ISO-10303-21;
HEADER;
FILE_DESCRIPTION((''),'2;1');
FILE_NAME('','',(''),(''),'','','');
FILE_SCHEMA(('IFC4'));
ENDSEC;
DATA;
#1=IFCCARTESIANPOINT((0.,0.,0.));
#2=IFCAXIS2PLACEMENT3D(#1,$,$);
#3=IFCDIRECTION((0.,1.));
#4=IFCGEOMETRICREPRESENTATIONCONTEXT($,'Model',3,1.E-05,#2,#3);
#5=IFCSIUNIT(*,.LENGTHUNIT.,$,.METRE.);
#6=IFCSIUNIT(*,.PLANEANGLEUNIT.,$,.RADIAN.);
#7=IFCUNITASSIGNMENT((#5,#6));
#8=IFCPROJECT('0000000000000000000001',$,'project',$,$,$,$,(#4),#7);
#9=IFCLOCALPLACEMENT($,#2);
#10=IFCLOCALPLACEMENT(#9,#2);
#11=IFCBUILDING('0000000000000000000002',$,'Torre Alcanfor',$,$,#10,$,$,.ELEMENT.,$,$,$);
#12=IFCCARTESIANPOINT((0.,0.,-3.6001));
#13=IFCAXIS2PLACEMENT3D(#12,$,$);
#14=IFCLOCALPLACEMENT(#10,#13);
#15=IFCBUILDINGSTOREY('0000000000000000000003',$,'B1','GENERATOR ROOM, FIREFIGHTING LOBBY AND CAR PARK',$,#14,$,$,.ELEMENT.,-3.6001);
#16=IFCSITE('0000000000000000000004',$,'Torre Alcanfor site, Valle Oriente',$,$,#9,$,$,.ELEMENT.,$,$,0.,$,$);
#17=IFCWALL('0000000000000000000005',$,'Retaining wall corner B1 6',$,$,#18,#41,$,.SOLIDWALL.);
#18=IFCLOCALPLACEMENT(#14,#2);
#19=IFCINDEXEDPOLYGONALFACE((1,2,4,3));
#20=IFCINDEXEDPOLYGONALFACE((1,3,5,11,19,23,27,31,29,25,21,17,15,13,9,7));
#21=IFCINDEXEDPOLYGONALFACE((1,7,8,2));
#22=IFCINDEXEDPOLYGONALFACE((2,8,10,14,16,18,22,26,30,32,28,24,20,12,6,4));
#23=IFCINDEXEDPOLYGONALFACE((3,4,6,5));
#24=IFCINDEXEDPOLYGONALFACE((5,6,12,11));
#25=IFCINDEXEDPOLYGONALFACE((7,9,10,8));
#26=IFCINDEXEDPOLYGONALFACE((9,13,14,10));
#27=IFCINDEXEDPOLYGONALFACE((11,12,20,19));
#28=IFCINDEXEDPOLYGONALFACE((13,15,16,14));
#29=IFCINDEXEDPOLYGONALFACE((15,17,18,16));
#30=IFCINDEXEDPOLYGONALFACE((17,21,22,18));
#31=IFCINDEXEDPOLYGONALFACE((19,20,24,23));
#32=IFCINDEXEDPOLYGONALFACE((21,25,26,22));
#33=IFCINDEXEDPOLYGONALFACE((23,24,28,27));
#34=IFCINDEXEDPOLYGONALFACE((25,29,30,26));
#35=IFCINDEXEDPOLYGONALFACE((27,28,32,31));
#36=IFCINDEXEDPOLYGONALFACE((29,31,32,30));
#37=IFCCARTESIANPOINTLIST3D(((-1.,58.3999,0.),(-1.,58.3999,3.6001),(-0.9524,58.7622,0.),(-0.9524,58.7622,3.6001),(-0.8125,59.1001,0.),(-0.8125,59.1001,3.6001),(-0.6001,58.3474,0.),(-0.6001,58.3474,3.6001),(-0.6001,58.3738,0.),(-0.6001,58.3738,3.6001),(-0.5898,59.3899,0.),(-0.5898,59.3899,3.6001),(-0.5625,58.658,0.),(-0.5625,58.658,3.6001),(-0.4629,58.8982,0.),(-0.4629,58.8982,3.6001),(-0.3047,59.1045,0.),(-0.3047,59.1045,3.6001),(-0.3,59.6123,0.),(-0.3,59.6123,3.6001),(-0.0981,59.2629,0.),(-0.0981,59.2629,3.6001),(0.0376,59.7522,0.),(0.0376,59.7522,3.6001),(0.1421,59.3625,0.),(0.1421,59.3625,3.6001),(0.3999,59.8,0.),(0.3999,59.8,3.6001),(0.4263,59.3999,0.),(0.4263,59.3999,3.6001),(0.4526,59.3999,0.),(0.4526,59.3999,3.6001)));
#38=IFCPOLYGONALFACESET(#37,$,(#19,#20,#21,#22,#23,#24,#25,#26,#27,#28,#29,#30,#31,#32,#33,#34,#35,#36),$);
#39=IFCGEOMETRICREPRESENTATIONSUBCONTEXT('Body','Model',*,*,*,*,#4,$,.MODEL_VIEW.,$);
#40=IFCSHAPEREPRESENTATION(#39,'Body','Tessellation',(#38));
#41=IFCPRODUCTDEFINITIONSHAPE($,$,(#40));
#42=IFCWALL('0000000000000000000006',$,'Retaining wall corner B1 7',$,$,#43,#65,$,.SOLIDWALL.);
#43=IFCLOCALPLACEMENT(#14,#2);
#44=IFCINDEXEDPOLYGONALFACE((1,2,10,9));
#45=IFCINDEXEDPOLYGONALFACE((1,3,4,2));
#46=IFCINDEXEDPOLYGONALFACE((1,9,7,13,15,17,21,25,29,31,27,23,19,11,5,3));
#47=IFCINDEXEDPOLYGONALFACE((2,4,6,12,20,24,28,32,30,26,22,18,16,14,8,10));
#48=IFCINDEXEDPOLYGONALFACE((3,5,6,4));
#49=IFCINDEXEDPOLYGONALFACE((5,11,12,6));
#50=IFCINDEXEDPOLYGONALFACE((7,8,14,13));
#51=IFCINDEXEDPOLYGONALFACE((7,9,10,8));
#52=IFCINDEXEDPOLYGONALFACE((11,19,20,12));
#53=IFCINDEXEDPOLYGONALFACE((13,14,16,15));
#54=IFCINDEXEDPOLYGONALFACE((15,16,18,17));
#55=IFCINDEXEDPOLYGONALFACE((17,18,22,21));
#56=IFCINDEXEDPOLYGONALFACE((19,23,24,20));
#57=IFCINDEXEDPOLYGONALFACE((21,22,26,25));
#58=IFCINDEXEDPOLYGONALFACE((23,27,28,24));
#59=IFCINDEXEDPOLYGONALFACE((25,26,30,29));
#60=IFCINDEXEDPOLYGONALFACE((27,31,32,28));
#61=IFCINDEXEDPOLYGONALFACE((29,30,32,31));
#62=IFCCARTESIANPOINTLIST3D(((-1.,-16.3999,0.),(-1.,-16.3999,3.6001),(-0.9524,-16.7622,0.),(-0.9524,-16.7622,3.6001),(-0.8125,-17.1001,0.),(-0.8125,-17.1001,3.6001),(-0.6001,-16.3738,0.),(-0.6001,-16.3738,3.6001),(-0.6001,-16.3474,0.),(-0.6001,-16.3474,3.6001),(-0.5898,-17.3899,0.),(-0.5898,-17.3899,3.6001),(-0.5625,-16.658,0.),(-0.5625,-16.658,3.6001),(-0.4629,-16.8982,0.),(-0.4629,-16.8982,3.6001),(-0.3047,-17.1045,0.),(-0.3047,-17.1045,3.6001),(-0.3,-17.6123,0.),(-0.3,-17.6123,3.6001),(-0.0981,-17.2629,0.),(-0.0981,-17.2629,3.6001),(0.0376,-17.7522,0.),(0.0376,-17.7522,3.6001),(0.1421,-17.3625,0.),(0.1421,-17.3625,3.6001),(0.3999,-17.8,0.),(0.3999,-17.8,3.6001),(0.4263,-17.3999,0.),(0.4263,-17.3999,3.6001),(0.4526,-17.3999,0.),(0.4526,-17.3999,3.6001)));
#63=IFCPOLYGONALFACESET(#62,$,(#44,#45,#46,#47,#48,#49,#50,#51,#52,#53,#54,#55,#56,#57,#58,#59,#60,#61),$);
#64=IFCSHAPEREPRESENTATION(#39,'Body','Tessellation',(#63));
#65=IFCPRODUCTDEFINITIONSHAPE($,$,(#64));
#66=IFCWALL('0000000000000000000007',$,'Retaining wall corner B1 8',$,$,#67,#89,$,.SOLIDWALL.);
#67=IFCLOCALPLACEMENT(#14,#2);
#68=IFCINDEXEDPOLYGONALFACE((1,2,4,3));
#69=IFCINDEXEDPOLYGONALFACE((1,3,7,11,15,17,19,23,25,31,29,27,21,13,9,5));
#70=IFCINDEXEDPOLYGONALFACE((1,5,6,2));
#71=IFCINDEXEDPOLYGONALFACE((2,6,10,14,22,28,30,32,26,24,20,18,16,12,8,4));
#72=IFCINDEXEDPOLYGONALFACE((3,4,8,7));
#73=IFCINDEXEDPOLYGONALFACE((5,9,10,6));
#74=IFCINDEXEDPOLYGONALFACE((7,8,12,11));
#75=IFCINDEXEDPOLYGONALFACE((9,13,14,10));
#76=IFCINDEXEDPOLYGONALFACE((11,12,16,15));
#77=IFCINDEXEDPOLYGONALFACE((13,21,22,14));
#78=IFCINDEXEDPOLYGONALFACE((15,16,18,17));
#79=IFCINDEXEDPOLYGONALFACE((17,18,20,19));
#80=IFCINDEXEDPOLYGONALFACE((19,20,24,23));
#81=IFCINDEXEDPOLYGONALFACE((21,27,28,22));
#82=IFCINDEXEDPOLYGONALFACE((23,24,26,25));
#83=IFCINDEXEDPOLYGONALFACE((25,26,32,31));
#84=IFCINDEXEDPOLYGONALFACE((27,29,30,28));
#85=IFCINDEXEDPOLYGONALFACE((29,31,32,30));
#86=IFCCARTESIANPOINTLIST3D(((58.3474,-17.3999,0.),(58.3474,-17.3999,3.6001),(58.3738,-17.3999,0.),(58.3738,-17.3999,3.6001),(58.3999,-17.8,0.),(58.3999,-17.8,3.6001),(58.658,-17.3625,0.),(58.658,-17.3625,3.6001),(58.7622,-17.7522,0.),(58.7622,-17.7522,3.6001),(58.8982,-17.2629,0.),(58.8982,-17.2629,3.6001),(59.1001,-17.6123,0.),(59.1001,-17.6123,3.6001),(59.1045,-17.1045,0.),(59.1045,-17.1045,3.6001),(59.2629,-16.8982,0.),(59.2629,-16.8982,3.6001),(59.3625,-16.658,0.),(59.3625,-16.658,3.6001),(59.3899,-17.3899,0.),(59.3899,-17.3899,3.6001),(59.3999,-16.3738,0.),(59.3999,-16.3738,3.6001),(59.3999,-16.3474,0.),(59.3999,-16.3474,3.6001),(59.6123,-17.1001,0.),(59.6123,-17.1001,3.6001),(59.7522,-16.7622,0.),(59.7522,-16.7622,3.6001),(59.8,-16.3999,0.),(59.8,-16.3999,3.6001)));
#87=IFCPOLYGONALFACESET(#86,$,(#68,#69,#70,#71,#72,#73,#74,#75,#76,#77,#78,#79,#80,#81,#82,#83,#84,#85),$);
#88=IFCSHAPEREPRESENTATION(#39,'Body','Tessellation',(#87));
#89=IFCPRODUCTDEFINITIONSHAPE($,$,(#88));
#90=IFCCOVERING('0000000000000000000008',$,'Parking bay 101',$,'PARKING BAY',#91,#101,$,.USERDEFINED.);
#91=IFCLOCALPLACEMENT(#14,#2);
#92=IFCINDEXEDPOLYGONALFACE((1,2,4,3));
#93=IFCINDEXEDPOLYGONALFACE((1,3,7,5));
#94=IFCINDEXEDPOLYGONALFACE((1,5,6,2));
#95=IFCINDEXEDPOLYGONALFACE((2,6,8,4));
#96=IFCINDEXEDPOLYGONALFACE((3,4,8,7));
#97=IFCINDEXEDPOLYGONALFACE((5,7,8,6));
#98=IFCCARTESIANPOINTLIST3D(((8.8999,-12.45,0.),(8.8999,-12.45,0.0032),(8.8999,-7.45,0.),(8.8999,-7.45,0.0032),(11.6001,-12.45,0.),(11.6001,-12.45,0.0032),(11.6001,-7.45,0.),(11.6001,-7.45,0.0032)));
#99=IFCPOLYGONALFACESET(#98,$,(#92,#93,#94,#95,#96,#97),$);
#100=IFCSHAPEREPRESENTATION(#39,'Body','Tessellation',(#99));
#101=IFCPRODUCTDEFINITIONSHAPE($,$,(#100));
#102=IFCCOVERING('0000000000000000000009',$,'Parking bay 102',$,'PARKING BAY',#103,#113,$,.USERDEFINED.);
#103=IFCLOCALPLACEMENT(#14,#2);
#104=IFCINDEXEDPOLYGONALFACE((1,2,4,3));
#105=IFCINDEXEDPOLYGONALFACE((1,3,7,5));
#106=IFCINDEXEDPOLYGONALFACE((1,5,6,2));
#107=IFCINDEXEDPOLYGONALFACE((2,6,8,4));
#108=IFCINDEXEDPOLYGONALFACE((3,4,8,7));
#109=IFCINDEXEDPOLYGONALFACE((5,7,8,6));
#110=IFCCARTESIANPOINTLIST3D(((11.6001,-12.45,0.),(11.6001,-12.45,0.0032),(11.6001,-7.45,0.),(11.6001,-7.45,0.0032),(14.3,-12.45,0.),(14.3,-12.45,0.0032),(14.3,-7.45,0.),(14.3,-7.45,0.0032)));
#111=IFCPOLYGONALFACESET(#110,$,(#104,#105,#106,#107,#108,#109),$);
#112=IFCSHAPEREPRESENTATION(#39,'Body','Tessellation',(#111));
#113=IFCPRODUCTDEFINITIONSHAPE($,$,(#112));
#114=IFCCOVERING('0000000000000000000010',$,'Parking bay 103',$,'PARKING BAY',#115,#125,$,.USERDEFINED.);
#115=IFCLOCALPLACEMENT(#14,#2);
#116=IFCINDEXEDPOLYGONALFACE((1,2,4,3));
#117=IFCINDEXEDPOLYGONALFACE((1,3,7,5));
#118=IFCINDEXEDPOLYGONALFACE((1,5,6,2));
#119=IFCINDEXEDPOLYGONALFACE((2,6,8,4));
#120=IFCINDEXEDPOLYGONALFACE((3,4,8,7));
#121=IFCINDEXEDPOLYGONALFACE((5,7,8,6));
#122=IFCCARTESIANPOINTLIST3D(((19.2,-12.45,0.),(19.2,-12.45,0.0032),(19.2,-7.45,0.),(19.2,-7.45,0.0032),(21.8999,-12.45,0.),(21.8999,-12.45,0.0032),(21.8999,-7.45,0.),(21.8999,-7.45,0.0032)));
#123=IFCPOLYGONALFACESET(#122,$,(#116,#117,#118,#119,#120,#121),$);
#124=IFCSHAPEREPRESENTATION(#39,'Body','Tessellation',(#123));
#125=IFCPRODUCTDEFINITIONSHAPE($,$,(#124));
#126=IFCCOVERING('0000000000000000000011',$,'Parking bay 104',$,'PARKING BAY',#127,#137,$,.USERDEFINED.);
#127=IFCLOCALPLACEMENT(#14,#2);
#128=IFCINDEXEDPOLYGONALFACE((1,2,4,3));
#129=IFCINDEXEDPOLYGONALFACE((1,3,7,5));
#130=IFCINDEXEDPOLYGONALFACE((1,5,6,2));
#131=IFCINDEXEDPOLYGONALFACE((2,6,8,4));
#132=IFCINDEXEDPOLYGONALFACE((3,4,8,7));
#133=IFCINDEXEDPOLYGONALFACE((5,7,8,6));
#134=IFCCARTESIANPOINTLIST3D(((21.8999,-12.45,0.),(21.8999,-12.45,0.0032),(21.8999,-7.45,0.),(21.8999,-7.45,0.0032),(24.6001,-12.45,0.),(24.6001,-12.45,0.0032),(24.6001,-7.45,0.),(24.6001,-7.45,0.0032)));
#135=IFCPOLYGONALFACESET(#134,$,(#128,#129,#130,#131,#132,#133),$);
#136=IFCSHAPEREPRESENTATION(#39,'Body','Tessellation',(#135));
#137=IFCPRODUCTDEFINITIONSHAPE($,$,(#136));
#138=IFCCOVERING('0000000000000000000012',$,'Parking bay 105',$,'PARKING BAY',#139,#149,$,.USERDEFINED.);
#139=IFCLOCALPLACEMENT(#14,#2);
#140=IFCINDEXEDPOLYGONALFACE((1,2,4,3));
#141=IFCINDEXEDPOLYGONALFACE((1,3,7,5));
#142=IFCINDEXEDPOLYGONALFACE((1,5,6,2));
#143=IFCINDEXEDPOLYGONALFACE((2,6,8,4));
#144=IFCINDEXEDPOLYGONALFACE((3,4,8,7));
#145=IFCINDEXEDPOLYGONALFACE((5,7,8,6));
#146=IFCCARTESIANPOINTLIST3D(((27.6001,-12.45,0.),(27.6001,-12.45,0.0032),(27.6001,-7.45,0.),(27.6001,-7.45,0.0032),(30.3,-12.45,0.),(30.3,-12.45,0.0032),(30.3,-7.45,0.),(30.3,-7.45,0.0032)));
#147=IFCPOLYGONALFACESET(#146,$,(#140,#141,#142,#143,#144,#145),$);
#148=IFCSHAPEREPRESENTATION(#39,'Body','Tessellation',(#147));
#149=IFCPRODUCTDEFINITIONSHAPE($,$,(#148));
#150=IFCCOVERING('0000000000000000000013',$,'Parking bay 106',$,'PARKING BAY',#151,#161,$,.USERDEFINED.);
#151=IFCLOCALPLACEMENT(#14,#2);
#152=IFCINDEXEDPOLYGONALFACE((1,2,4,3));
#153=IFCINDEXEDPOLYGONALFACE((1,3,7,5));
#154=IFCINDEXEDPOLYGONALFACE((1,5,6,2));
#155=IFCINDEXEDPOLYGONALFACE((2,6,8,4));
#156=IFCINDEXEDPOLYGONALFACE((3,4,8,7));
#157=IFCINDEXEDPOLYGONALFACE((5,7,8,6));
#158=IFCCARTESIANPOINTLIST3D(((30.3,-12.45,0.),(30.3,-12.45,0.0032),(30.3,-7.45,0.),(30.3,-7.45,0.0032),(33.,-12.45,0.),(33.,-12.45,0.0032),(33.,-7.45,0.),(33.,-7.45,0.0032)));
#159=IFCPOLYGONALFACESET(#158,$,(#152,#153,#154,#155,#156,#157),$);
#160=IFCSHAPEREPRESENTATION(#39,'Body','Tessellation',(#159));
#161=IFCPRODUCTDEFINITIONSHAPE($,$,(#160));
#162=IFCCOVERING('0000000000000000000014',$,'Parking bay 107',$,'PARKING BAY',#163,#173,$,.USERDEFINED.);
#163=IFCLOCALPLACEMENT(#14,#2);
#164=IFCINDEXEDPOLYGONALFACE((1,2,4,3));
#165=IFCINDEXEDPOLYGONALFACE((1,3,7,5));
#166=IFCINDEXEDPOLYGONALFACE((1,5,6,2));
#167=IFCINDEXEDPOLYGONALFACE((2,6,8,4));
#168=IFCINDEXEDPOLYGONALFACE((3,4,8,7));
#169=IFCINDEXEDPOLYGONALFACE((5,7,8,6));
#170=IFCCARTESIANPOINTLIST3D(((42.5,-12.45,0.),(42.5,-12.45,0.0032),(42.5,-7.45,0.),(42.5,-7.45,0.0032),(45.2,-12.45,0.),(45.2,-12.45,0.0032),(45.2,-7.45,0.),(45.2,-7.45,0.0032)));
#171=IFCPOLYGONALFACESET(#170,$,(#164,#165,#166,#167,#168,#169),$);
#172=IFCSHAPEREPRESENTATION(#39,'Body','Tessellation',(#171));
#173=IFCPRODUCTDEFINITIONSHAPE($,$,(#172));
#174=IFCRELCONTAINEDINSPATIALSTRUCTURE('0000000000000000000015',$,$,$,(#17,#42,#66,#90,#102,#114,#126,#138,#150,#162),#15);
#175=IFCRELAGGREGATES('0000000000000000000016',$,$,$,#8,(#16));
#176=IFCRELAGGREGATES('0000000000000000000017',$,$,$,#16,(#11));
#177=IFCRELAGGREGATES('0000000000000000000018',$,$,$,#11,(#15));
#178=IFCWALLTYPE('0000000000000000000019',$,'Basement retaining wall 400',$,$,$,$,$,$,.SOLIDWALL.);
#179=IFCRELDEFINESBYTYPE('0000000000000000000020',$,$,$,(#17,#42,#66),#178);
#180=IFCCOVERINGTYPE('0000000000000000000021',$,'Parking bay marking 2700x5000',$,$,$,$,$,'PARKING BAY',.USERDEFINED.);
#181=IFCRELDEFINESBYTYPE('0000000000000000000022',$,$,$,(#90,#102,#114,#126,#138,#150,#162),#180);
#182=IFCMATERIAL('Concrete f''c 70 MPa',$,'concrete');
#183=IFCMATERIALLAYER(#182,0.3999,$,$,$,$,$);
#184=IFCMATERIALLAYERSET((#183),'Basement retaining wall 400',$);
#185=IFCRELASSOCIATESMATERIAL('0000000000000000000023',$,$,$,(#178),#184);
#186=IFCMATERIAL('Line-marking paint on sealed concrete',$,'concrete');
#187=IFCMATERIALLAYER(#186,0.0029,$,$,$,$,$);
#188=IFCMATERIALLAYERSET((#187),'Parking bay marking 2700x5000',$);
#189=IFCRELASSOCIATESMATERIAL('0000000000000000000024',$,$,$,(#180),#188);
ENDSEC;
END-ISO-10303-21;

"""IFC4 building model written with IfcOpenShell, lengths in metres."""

from ifc_helpers import new_model, si_unit, direction, frame, origin, place, context, subcontext, project, spatial, polyline, outline, extrude, material, layer, layer_set, type_object, element, save


model = new_model("IFC4")

# Units and contexts
model_context = context("Model", 3, precision=1e-05, world=origin(), true_north=direction((0.0, 1.0)))
body_context = subcontext(model_context, "Body", "Model", "MODEL_VIEW")
ifc_project = project(units=[si_unit("LENGTHUNIT", "METRE"), si_unit("PLANEANGLEUNIT", "RADIAN")], contexts=[model_context])

# Site, building, storey
site_placement = place(None, origin())
site = spatial("IfcSite", under=ifc_project, at=site_placement, Name="Torre Alcanfor site, Valle Oriente", CompositionType="ELEMENT", RefElevation=0.0)
building_placement = place(site_placement, origin())
building = spatial("IfcBuilding", under=site, at=building_placement, Name="Torre Alcanfor", CompositionType="ELEMENT")
storey_placement = place(building_placement, frame((0.0, 0.0, -3.6001)))
storey = spatial("IfcBuildingStorey", under=building, at=storey_placement, Name="B1", Description="GENERATOR ROOM, FIREFIGHTING LOBBY AND CAR PARK", CompositionType="ELEMENT", Elevation=-3.6001)

# Walls
ifc_material_1 = material(Name="Concrete f'c 70 MPa", Category="concrete")
ifc_layer_1 = layer(ifc_material_1, 0.3999)
ifc_layer_set_1 = layer_set([ifc_layer_1], Name="Basement retaining wall 400")
wall_type = type_object("IfcWallType", Name="Basement retaining wall 400", PredefinedType="SOLIDWALL", material=ifc_layer_set_1)
wall_1_placement = place(storey_placement, origin())
element("IfcWall", 1, at=wall_1_placement, inside=storey, type_object=wall_type, Name="Retaining wall corner B1 6", PredefinedType="SOLIDWALL", context=body_context, shape_type="SweptSolid", body=[
    extrude(outline(polyline([(-1.0, 58.3999), (-0.6001, 58.3474), (-0.6001, 58.3738), (-0.5625, 58.658), (-0.4629, 58.8982), (-0.3047, 59.1045), (-0.0981, 59.2629), (0.1421, 59.3625), (0.4263, 59.3999), (0.4526, 59.3999), (0.3999, 59.8), (0.0376, 59.7522), (-0.3, 59.6123), (-0.5898, 59.3899), (-0.8125, 59.1001), (-0.9524, 58.7622), (-1.0, 58.3999)])), origin(), (0.0, 0.0, 1.0), 3.6001),
])
wall_2_placement = place(storey_placement, origin())
element("IfcWall", 2, at=wall_2_placement, inside=storey, type_object=wall_type, Name="Retaining wall corner B1 7", PredefinedType="SOLIDWALL", context=body_context, shape_type="SweptSolid", body=[
    extrude(outline(polyline([(0.3999, -17.8), (0.4526, -17.3999), (0.4263, -17.3999), (0.1421, -17.3625), (-0.0981, -17.2629), (-0.3047, -17.1045), (-0.4629, -16.8982), (-0.5625, -16.658), (-0.6001, -16.3738), (-0.6001, -16.3474), (-1.0, -16.3999), (-0.9524, -16.7622), (-0.8125, -17.1001), (-0.5898, -17.3899), (-0.3, -17.6123), (0.0376, -17.7522), (0.3999, -17.8)])), origin(), (0.0, 0.0, 1.0), 3.6001),
])
wall_3_placement = place(storey_placement, origin())
element("IfcWall", 3, at=wall_3_placement, inside=storey, type_object=wall_type, Name="Retaining wall corner B1 8", PredefinedType="SOLIDWALL", context=body_context, shape_type="SweptSolid", body=[
    extrude(outline(polyline([(59.8, -16.3999), (59.3999, -16.3474), (59.3999, -16.3738), (59.3625, -16.658), (59.2629, -16.8982), (59.1045, -17.1045), (58.8982, -17.2629), (58.658, -17.3625), (58.3738, -17.3999), (58.3474, -17.3999), (58.3999, -17.8), (58.7622, -17.7522), (59.1001, -17.6123), (59.3899, -17.3899), (59.6123, -17.1001), (59.7522, -16.7622), (59.8, -16.3999)])), origin(), (0.0, 0.0, 1.0), 3.6001),
])

# Coverings
ifc_material_2 = material(Name="Line-marking paint on sealed concrete", Category="concrete")
ifc_layer_2 = layer(ifc_material_2, 0.0029)
ifc_layer_set_2 = layer_set([ifc_layer_2], Name="Parking bay marking 2700x5000")
covering_type = type_object("IfcCoveringType", Name="Parking bay marking 2700x5000", ElementType="PARKING BAY", PredefinedType="USERDEFINED", material=ifc_layer_set_2)
covering_1_placement = place(storey_placement, origin())
element("IfcCovering", 4, at=covering_1_placement, inside=storey, type_object=covering_type, Name="Parking bay 101", ObjectType="PARKING BAY", PredefinedType="USERDEFINED", context=body_context, shape_type="SweptSolid", body=[
    extrude(outline(polyline([(8.8999, -12.45), (11.6001, -12.45), (11.6001, -7.45), (8.8999, -7.45), (8.8999, -12.45)])), origin(), (0.0, 0.0, 1.0), 0.0032),
])
covering_2_placement = place(storey_placement, origin())
element("IfcCovering", 5, at=covering_2_placement, inside=storey, type_object=covering_type, Name="Parking bay 102", ObjectType="PARKING BAY", PredefinedType="USERDEFINED", context=body_context, shape_type="SweptSolid", body=[
    extrude(outline(polyline([(11.6001, -12.45), (14.3, -12.45), (14.3, -7.45), (11.6001, -7.45), (11.6001, -12.45)])), origin(), (0.0, 0.0, 1.0), 0.0032),
])
covering_3_placement = place(storey_placement, origin())
element("IfcCovering", 6, at=covering_3_placement, inside=storey, type_object=covering_type, Name="Parking bay 103", ObjectType="PARKING BAY", PredefinedType="USERDEFINED", context=body_context, shape_type="SweptSolid", body=[
    extrude(outline(polyline([(19.2, -12.45), (21.8999, -12.45), (21.8999, -7.45), (19.2, -7.45), (19.2, -12.45)])), origin(), (0.0, 0.0, 1.0), 0.0032),
])
covering_4_placement = place(storey_placement, origin())
element("IfcCovering", 7, at=covering_4_placement, inside=storey, type_object=covering_type, Name="Parking bay 104", ObjectType="PARKING BAY", PredefinedType="USERDEFINED", context=body_context, shape_type="SweptSolid", body=[
    extrude(outline(polyline([(21.8999, -12.45), (24.6001, -12.45), (24.6001, -7.45), (21.8999, -7.45), (21.8999, -12.45)])), origin(), (0.0, 0.0, 1.0), 0.0032),
])
covering_5_placement = place(storey_placement, origin())
element("IfcCovering", 8, at=covering_5_placement, inside=storey, type_object=covering_type, Name="Parking bay 105", ObjectType="PARKING BAY", PredefinedType="USERDEFINED", context=body_context, shape_type="SweptSolid", body=[
    extrude(outline(polyline([(27.6001, -12.45), (30.3, -12.45), (30.3, -7.45), (27.6001, -7.45), (27.6001, -12.45)])), origin(), (0.0, 0.0, 1.0), 0.0032),
])
covering_6_placement = place(storey_placement, origin())
element("IfcCovering", 9, at=covering_6_placement, inside=storey, type_object=covering_type, Name="Parking bay 106", ObjectType="PARKING BAY", PredefinedType="USERDEFINED", context=body_context, shape_type="SweptSolid", body=[
    extrude(outline(polyline([(30.3, -12.45), (33.0, -12.45), (33.0, -7.45), (30.3, -7.45), (30.3, -12.45)])), origin(), (0.0, 0.0, 1.0), 0.0032),
])
covering_7_placement = place(storey_placement, origin())
element("IfcCovering", 10, at=covering_7_placement, inside=storey, type_object=covering_type, Name="Parking bay 107", ObjectType="PARKING BAY", PredefinedType="USERDEFINED", context=body_context, shape_type="SweptSolid", body=[
    extrude(outline(polyline([(42.5, -12.45), (45.2, -12.45), (45.2, -7.45), (42.5, -7.45), (42.5, -12.45)])), origin(), (0.0, 0.0, 1.0), 0.0032),
])

save(model, "model.ifc")
